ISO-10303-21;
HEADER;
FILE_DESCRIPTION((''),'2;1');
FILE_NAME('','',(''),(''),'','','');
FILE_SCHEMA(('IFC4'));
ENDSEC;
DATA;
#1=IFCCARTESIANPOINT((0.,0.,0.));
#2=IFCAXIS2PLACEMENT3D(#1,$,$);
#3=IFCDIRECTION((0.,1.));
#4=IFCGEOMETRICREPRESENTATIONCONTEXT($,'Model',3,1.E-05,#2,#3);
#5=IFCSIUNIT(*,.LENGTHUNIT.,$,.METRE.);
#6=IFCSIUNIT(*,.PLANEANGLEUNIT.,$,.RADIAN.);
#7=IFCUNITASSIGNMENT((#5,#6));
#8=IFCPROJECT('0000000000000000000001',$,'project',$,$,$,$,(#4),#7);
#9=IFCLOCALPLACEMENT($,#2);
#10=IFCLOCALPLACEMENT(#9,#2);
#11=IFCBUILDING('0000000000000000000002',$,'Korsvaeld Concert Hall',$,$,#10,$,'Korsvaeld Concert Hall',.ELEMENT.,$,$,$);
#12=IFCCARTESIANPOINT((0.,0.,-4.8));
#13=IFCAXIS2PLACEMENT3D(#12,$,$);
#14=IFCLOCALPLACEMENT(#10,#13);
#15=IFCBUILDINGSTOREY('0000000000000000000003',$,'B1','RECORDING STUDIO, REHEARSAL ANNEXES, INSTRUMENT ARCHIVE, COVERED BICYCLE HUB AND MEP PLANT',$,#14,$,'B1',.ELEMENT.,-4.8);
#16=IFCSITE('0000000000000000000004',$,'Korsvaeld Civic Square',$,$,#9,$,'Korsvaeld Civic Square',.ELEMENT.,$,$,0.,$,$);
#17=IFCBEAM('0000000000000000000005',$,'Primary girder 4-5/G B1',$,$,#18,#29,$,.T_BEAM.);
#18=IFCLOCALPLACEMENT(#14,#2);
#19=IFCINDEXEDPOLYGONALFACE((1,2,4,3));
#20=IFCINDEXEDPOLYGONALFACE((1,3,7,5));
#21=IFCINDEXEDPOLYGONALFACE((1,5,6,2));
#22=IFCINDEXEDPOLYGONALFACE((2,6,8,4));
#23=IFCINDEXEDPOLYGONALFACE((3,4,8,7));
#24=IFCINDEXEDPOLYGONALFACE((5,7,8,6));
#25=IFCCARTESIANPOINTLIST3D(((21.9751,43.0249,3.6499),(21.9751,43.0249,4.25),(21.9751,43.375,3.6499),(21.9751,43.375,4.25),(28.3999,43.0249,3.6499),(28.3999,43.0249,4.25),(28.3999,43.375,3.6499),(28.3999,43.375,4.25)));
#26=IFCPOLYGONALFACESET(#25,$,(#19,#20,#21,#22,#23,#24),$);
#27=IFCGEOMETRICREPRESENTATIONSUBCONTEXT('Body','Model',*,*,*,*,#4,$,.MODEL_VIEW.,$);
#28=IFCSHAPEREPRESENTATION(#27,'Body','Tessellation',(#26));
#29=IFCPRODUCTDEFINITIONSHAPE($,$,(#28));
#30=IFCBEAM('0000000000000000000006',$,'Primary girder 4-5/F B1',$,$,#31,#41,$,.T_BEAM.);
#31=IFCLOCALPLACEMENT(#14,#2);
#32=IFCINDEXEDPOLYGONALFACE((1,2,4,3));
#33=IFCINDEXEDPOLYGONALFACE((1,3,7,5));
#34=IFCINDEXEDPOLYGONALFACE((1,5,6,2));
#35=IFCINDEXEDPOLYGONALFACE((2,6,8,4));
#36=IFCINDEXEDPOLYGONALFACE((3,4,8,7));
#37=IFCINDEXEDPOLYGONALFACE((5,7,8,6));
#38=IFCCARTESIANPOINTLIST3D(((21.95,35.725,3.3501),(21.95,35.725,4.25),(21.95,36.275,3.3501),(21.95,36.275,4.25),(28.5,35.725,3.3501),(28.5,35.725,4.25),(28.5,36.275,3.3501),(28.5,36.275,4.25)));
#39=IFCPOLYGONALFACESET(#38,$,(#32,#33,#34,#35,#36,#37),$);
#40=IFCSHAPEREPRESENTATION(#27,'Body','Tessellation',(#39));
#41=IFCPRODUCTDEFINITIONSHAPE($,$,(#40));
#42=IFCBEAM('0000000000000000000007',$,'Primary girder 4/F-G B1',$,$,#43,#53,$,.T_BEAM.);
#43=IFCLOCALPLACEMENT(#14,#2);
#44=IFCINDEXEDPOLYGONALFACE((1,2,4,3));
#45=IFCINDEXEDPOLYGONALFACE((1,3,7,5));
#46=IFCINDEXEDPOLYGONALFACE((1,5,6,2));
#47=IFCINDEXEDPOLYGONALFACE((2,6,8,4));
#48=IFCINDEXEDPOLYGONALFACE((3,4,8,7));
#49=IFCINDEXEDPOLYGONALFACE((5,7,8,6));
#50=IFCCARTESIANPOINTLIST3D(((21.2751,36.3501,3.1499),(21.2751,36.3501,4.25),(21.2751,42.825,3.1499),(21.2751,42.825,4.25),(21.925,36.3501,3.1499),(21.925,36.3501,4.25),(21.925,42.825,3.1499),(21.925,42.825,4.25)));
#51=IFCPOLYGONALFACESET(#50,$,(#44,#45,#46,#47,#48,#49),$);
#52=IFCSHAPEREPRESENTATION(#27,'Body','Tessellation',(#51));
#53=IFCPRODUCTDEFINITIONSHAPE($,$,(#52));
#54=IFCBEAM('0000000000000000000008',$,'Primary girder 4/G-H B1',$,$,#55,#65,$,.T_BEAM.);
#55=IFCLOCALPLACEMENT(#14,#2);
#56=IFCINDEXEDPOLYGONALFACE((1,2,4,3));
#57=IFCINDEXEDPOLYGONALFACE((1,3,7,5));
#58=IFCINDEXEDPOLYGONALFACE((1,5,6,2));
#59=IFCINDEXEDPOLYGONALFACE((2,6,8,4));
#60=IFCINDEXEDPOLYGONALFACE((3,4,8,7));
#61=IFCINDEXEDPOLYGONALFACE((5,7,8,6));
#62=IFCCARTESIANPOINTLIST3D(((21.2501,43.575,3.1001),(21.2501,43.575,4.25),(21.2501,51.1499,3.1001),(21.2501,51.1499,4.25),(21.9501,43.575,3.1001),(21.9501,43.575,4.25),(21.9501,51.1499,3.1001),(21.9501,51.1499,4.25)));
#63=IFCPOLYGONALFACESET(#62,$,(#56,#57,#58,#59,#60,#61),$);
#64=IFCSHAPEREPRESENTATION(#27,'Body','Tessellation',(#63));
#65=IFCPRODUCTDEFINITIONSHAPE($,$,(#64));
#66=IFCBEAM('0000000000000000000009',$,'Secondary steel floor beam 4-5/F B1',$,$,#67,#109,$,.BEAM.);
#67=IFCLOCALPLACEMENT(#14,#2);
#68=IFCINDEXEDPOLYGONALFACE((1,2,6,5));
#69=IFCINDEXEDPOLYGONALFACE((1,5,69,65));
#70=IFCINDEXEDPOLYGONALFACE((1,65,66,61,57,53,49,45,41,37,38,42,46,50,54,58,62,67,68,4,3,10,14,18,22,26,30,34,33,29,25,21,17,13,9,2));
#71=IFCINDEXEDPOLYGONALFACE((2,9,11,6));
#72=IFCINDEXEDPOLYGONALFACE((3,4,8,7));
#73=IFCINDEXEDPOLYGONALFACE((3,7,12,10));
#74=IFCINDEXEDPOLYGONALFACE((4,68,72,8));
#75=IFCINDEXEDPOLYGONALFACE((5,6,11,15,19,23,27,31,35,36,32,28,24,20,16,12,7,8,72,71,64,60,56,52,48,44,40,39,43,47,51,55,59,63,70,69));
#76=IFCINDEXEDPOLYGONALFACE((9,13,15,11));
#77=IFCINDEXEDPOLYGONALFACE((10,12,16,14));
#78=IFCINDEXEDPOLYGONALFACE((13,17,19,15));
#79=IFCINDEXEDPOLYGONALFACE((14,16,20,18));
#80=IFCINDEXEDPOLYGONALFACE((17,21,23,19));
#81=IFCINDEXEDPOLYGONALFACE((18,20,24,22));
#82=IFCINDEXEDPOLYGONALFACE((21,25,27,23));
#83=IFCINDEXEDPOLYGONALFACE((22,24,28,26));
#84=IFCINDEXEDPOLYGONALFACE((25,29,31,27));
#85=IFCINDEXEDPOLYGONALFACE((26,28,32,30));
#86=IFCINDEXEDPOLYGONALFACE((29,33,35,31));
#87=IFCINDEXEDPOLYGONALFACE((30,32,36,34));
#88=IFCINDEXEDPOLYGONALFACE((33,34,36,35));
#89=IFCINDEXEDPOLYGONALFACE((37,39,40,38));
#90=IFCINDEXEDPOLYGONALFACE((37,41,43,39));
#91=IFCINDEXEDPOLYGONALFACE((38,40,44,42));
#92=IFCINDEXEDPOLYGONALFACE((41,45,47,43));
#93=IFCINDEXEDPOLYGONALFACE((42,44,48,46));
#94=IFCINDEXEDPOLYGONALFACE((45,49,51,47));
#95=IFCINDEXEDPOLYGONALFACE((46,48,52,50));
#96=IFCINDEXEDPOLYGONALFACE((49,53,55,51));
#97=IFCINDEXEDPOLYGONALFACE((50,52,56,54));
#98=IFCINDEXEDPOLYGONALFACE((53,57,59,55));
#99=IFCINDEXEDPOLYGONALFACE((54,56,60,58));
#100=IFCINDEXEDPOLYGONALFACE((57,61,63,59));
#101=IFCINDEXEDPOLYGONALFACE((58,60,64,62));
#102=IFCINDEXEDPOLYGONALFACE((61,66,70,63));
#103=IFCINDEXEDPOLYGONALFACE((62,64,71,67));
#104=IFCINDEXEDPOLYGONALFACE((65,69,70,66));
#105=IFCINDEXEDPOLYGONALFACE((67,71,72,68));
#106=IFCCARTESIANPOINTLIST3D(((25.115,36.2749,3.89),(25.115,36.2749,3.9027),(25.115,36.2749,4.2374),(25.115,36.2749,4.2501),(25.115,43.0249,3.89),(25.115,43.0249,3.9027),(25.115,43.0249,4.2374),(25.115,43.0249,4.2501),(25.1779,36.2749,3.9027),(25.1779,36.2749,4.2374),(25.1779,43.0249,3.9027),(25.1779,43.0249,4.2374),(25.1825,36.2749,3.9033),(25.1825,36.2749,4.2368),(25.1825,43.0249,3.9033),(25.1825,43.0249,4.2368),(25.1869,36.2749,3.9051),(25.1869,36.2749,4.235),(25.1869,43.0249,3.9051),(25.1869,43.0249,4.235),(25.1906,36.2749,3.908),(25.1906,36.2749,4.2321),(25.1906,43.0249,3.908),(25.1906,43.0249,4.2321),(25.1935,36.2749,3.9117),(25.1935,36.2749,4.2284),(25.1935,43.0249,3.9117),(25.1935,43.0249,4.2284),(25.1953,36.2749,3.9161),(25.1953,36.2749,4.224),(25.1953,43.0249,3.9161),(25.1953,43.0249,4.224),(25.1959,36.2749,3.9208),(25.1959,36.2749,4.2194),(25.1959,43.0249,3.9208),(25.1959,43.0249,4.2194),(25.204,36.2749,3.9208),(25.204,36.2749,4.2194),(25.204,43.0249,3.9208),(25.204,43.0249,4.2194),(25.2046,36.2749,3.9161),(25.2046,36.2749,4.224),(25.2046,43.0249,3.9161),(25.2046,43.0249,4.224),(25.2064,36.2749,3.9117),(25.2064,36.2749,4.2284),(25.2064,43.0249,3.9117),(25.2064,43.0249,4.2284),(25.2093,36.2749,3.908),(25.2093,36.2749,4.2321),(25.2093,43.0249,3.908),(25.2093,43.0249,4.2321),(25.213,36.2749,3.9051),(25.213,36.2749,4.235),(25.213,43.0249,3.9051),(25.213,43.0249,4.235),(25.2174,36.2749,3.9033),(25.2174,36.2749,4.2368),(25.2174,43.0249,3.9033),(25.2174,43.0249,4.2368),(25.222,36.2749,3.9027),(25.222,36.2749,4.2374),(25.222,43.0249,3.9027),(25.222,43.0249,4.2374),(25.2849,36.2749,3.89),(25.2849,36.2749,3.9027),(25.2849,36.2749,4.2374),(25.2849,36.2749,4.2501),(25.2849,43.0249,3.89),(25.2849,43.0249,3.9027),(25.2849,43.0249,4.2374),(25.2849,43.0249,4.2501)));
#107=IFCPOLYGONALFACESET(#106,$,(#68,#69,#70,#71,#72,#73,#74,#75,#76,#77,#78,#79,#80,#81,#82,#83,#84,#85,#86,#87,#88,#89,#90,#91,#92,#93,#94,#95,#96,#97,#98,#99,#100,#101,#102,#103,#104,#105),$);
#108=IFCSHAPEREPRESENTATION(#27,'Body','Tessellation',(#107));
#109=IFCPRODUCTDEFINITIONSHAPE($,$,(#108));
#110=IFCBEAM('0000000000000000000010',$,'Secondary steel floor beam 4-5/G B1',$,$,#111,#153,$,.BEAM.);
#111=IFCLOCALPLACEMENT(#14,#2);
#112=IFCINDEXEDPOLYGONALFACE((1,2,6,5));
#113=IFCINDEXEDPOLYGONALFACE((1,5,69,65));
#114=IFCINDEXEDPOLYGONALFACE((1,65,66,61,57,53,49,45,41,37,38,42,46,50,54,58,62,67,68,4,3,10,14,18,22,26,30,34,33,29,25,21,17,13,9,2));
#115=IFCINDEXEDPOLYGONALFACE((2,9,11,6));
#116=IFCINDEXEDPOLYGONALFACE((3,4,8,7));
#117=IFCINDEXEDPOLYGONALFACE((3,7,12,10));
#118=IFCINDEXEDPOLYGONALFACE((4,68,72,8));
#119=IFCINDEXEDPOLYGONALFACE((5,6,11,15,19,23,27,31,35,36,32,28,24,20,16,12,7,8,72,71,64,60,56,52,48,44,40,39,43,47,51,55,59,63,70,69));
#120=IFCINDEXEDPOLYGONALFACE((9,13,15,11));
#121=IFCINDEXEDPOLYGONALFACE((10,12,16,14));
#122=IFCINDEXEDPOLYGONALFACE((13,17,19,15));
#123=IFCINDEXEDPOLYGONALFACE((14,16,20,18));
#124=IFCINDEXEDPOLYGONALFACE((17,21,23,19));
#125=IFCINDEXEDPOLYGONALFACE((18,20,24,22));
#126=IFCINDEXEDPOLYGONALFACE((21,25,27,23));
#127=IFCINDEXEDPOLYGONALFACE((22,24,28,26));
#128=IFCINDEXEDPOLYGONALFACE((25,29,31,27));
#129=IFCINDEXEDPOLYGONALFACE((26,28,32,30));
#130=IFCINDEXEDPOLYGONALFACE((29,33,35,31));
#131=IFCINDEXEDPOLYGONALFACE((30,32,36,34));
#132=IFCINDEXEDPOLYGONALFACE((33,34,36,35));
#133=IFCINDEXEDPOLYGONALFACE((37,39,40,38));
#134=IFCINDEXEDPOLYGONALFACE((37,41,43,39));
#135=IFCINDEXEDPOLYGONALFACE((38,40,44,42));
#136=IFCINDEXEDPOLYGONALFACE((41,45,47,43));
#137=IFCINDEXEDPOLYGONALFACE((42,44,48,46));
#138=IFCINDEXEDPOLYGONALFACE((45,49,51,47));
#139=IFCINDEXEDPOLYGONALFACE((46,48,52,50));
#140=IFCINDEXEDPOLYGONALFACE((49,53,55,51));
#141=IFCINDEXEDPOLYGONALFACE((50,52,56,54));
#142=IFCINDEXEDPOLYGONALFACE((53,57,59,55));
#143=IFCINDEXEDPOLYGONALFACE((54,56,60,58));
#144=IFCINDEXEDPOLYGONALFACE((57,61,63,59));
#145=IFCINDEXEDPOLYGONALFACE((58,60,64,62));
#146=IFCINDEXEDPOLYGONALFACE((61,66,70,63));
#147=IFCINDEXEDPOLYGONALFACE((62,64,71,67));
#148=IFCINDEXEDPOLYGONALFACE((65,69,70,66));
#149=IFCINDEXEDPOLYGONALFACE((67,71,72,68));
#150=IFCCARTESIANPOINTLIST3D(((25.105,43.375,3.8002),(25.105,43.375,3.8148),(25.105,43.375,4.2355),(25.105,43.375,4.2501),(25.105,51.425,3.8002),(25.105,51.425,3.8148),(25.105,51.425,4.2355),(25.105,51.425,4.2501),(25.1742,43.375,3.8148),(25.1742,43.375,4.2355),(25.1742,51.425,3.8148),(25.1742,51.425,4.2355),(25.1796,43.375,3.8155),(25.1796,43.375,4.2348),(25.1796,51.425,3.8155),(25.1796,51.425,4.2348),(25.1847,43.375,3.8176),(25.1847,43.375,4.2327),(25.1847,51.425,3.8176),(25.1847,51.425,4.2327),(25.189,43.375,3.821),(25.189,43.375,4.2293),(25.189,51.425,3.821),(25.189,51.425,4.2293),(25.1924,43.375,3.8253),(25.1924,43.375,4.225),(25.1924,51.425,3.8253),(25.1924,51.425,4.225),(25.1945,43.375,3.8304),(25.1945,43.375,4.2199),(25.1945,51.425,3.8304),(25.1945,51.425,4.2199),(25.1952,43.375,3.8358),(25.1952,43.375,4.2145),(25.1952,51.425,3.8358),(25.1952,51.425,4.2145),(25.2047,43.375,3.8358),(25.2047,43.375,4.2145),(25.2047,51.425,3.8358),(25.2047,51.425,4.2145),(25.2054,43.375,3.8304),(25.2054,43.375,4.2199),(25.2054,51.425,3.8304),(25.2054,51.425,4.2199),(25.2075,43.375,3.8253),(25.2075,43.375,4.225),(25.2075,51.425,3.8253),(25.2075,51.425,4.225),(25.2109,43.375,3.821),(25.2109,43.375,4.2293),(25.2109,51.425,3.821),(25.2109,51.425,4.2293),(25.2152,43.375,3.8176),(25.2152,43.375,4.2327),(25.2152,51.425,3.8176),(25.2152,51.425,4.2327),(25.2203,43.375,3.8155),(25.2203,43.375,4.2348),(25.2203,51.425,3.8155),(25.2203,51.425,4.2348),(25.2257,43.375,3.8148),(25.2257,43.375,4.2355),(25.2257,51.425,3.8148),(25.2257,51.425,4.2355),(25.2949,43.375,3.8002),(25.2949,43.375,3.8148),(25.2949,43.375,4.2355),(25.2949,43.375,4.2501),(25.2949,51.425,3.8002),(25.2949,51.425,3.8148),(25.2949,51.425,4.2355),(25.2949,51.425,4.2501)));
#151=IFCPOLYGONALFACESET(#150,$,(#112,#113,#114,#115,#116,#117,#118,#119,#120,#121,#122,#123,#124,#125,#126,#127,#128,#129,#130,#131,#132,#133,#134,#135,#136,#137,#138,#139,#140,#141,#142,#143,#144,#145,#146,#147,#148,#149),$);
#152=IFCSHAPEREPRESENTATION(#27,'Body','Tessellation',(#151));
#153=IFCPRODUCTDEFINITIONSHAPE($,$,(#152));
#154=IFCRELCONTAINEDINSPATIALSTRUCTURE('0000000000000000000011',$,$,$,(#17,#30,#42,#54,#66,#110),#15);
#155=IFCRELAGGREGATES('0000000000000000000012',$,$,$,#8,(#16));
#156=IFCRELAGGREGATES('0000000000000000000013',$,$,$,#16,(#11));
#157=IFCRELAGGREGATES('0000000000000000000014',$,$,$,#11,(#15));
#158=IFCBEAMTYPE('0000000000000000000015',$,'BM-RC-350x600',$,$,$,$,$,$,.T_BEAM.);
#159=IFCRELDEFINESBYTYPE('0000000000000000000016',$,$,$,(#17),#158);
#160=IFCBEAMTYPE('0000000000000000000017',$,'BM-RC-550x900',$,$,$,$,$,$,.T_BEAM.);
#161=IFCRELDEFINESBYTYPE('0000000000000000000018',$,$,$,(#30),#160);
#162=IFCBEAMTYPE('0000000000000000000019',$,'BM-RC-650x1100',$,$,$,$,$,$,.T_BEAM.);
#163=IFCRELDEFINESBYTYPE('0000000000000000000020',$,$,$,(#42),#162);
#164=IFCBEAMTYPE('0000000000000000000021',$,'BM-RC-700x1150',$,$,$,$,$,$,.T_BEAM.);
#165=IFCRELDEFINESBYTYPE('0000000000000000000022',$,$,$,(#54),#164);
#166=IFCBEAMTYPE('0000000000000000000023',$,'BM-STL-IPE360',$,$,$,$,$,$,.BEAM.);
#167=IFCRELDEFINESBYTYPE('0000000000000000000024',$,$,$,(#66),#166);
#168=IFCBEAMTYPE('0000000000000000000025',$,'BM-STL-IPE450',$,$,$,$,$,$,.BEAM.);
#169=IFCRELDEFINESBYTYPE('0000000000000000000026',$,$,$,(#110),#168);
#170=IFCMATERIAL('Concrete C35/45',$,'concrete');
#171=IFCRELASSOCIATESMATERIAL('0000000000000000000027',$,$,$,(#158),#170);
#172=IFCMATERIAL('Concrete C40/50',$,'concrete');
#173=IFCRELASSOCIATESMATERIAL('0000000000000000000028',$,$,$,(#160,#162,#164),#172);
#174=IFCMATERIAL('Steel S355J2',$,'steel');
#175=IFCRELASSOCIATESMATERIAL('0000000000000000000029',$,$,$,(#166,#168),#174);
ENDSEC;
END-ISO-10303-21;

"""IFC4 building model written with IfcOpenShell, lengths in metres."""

from ifc_helpers import new_model, si_unit, direction, frame, origin, origin_2d, place, context, subcontext, project, spatial, rectangle, i_section, extrude, material, material_profile, profile_set, type_object, element, save


model = new_model("IFC4")

# Units and contexts
model_context = context("Model", 3, precision=1e-05, world=origin(), true_north=direction((0.0, 1.0)))
body_context = subcontext(model_context, "Body", "Model", "MODEL_VIEW")
ifc_project = project(units=[si_unit("LENGTHUNIT", "METRE"), si_unit("PLANEANGLEUNIT", "RADIAN")], contexts=[model_context])

# Site, building, storey
site_placement = place(None, origin())
site = spatial("IfcSite", under=ifc_project, at=site_placement, Name="Korsvaeld Civic Square", LongName="Korsvaeld Civic Square", CompositionType="ELEMENT", RefElevation=0.0)
building_placement = place(site_placement, origin())
building = spatial("IfcBuilding", under=site, at=building_placement, Name="Korsvaeld Concert Hall", LongName="Korsvaeld Concert Hall", CompositionType="ELEMENT")
storey_placement = place(building_placement, frame((0.0, 0.0, -4.8)))
storey = spatial("IfcBuildingStorey", under=building, at=storey_placement, Name="B1", Description="RECORDING STUDIO, REHEARSAL ANNEXES, INSTRUMENT ARCHIVE, COVERED BICYCLE HUB AND MEP PLANT", LongName="B1", CompositionType="ELEMENT", Elevation=-4.8)

# Shared definitions
ifc_material_1 = material(Name="Concrete C35/45", Category="concrete")

# Shared definitions
ifc_material_2 = material(Name="Concrete C40/50", Category="concrete")

# Beams
ifc_material_profile_1 = material_profile(ifc_material_1, rectangle(XDim=0.3501, YDim=0.6001, at=origin_2d()), Name="RC 350x600")
ifc_profile_set_1 = profile_set([ifc_material_profile_1], Name="Concrete C35/45")
beam_type_1 = type_object("IfcBeamType", Name="BM-RC-350x600", PredefinedType="T_BEAM", material=ifc_profile_set_1)
beam_1_placement = place(storey_placement, frame((21.9751, 43.2, 3.95), z_axis=(1.0, 0.0, 0.0), x_axis=(0.0, 1.0, 0.0)))
element("IfcBeam", 1, at=beam_1_placement, inside=storey, type_object=beam_type_1, Name="Primary girder 4-5/G B1", PredefinedType="T_BEAM", context=body_context, shape_type="SweptSolid", body=[
    extrude(rectangle(XDim=0.3501, YDim=0.6001, at=origin_2d()), origin(), (0.0, 0.0, 1.0), 6.4248),
])
ifc_material_profile_2 = material_profile(ifc_material_2, rectangle(XDim=0.55, YDim=0.8999, at=origin_2d()), Name="RC 550x900")
ifc_profile_set_2 = profile_set([ifc_material_profile_2], Name="Concrete C40/50")
beam_type_2 = type_object("IfcBeamType", Name="BM-RC-550x900", PredefinedType="T_BEAM", material=ifc_profile_set_2)
beam_2_placement = place(storey_placement, frame((21.95, 36.0, 3.8), z_axis=(1.0, 0.0, 0.0), x_axis=(0.0, 1.0, 0.0)))
element("IfcBeam", 2, at=beam_2_placement, inside=storey, type_object=beam_type_2, Name="Primary girder 4-5/F B1", PredefinedType="T_BEAM", context=body_context, shape_type="SweptSolid", body=[
    extrude(rectangle(XDim=0.55, YDim=0.8999, at=origin_2d()), origin(), (0.0, 0.0, 1.0), 6.55),
])
ifc_material_profile_3 = material_profile(ifc_material_2, rectangle(XDim=0.6499, YDim=1.1001, at=origin_2d()), Name="RC 650x1100")
ifc_profile_set_3 = profile_set([ifc_material_profile_3], Name="Concrete C40/50")
beam_type_3 = type_object("IfcBeamType", Name="BM-RC-650x1100", PredefinedType="T_BEAM", material=ifc_profile_set_3)
beam_3_placement = place(storey_placement, frame((21.6001, 36.3501, 3.7), z_axis=(0.0, 1.0, 0.0), x_axis=(-1.0, 0.0, 0.0)))
element("IfcBeam", 3, at=beam_3_placement, inside=storey, type_object=beam_type_3, Name="Primary girder 4/F-G B1", PredefinedType="T_BEAM", context=body_context, shape_type="SweptSolid", body=[
    extrude(rectangle(XDim=0.6499, YDim=1.1001, at=origin_2d()), origin(), (0.0, 0.0, 1.0), 6.4749),
])
ifc_material_profile_4 = material_profile(ifc_material_2, rectangle(XDim=0.7, YDim=1.1499, at=origin_2d()), Name="RC 700x1150")
ifc_profile_set_4 = profile_set([ifc_material_profile_4], Name="Concrete C40/50")
beam_type_4 = type_object("IfcBeamType", Name="BM-RC-700x1150", PredefinedType="T_BEAM", material=ifc_profile_set_4)
beam_4_placement = place(storey_placement, frame((21.6001, 43.575, 3.675), z_axis=(0.0, 1.0, 0.0), x_axis=(-1.0, 0.0, 0.0)))
element("IfcBeam", 4, at=beam_4_placement, inside=storey, type_object=beam_type_4, Name="Primary girder 4/G-H B1", PredefinedType="T_BEAM", context=body_context, shape_type="SweptSolid", body=[
    extrude(rectangle(XDim=0.7, YDim=1.1499, at=origin_2d()), origin(), (0.0, 0.0, 1.0), 7.575),
])
ifc_material_3 = material(Name="Steel S355J2", Category="steel")
ifc_material_profile_5 = material_profile(ifc_material_3, i_section(OverallWidth=0.1699, OverallDepth=0.3601, WebThickness=0.0081, FlangeThickness=0.0127, FilletRadius=0.0181, at=origin_2d()), Name="IPE 360")
ifc_profile_set_5 = profile_set([ifc_material_profile_5], Name="Steel S355J2")
beam_type_5 = type_object("IfcBeamType", Name="BM-STL-IPE360", PredefinedType="BEAM", material=ifc_profile_set_5)
beam_5_placement = place(storey_placement, frame((25.2, 36.2749, 4.0701), z_axis=(0.0, 1.0, 0.0), x_axis=(-1.0, 0.0, 0.0)))
element("IfcBeam", 5, at=beam_5_placement, inside=storey, type_object=beam_type_5, Name="Secondary steel floor beam 4-5/F B1", PredefinedType="BEAM", context=body_context, shape_type="SweptSolid", body=[
    extrude(i_section(OverallWidth=0.1699, OverallDepth=0.3601, WebThickness=0.0081, FlangeThickness=0.0127, FilletRadius=0.0181, at=origin_2d()), origin(), (0.0, 0.0, 1.0), 6.75),
])
ifc_material_profile_6 = material_profile(ifc_material_3, i_section(OverallWidth=0.1899, OverallDepth=0.45, WebThickness=0.0095, FlangeThickness=0.0146, FilletRadius=0.021, at=origin_2d()), Name="IPE 450")
ifc_profile_set_6 = profile_set([ifc_material_profile_6], Name="Steel S355J2")
beam_type_6 = type_object("IfcBeamType", Name="BM-STL-IPE450", PredefinedType="BEAM", material=ifc_profile_set_6)
beam_6_placement = place(storey_placement, frame((25.2, 43.375, 4.0251), z_axis=(0.0, 1.0, 0.0), x_axis=(-1.0, 0.0, 0.0)))
element("IfcBeam", 6, at=beam_6_placement, inside=storey, type_object=beam_type_6, Name="Secondary steel floor beam 4-5/G B1", PredefinedType="BEAM", context=body_context, shape_type="SweptSolid", body=[
    extrude(i_section(OverallWidth=0.1899, OverallDepth=0.45, WebThickness=0.0095, FlangeThickness=0.0146, FilletRadius=0.021, at=origin_2d()), origin(), (0.0, 0.0, 1.0), 8.05),
])

save(model, "model.ifc")
